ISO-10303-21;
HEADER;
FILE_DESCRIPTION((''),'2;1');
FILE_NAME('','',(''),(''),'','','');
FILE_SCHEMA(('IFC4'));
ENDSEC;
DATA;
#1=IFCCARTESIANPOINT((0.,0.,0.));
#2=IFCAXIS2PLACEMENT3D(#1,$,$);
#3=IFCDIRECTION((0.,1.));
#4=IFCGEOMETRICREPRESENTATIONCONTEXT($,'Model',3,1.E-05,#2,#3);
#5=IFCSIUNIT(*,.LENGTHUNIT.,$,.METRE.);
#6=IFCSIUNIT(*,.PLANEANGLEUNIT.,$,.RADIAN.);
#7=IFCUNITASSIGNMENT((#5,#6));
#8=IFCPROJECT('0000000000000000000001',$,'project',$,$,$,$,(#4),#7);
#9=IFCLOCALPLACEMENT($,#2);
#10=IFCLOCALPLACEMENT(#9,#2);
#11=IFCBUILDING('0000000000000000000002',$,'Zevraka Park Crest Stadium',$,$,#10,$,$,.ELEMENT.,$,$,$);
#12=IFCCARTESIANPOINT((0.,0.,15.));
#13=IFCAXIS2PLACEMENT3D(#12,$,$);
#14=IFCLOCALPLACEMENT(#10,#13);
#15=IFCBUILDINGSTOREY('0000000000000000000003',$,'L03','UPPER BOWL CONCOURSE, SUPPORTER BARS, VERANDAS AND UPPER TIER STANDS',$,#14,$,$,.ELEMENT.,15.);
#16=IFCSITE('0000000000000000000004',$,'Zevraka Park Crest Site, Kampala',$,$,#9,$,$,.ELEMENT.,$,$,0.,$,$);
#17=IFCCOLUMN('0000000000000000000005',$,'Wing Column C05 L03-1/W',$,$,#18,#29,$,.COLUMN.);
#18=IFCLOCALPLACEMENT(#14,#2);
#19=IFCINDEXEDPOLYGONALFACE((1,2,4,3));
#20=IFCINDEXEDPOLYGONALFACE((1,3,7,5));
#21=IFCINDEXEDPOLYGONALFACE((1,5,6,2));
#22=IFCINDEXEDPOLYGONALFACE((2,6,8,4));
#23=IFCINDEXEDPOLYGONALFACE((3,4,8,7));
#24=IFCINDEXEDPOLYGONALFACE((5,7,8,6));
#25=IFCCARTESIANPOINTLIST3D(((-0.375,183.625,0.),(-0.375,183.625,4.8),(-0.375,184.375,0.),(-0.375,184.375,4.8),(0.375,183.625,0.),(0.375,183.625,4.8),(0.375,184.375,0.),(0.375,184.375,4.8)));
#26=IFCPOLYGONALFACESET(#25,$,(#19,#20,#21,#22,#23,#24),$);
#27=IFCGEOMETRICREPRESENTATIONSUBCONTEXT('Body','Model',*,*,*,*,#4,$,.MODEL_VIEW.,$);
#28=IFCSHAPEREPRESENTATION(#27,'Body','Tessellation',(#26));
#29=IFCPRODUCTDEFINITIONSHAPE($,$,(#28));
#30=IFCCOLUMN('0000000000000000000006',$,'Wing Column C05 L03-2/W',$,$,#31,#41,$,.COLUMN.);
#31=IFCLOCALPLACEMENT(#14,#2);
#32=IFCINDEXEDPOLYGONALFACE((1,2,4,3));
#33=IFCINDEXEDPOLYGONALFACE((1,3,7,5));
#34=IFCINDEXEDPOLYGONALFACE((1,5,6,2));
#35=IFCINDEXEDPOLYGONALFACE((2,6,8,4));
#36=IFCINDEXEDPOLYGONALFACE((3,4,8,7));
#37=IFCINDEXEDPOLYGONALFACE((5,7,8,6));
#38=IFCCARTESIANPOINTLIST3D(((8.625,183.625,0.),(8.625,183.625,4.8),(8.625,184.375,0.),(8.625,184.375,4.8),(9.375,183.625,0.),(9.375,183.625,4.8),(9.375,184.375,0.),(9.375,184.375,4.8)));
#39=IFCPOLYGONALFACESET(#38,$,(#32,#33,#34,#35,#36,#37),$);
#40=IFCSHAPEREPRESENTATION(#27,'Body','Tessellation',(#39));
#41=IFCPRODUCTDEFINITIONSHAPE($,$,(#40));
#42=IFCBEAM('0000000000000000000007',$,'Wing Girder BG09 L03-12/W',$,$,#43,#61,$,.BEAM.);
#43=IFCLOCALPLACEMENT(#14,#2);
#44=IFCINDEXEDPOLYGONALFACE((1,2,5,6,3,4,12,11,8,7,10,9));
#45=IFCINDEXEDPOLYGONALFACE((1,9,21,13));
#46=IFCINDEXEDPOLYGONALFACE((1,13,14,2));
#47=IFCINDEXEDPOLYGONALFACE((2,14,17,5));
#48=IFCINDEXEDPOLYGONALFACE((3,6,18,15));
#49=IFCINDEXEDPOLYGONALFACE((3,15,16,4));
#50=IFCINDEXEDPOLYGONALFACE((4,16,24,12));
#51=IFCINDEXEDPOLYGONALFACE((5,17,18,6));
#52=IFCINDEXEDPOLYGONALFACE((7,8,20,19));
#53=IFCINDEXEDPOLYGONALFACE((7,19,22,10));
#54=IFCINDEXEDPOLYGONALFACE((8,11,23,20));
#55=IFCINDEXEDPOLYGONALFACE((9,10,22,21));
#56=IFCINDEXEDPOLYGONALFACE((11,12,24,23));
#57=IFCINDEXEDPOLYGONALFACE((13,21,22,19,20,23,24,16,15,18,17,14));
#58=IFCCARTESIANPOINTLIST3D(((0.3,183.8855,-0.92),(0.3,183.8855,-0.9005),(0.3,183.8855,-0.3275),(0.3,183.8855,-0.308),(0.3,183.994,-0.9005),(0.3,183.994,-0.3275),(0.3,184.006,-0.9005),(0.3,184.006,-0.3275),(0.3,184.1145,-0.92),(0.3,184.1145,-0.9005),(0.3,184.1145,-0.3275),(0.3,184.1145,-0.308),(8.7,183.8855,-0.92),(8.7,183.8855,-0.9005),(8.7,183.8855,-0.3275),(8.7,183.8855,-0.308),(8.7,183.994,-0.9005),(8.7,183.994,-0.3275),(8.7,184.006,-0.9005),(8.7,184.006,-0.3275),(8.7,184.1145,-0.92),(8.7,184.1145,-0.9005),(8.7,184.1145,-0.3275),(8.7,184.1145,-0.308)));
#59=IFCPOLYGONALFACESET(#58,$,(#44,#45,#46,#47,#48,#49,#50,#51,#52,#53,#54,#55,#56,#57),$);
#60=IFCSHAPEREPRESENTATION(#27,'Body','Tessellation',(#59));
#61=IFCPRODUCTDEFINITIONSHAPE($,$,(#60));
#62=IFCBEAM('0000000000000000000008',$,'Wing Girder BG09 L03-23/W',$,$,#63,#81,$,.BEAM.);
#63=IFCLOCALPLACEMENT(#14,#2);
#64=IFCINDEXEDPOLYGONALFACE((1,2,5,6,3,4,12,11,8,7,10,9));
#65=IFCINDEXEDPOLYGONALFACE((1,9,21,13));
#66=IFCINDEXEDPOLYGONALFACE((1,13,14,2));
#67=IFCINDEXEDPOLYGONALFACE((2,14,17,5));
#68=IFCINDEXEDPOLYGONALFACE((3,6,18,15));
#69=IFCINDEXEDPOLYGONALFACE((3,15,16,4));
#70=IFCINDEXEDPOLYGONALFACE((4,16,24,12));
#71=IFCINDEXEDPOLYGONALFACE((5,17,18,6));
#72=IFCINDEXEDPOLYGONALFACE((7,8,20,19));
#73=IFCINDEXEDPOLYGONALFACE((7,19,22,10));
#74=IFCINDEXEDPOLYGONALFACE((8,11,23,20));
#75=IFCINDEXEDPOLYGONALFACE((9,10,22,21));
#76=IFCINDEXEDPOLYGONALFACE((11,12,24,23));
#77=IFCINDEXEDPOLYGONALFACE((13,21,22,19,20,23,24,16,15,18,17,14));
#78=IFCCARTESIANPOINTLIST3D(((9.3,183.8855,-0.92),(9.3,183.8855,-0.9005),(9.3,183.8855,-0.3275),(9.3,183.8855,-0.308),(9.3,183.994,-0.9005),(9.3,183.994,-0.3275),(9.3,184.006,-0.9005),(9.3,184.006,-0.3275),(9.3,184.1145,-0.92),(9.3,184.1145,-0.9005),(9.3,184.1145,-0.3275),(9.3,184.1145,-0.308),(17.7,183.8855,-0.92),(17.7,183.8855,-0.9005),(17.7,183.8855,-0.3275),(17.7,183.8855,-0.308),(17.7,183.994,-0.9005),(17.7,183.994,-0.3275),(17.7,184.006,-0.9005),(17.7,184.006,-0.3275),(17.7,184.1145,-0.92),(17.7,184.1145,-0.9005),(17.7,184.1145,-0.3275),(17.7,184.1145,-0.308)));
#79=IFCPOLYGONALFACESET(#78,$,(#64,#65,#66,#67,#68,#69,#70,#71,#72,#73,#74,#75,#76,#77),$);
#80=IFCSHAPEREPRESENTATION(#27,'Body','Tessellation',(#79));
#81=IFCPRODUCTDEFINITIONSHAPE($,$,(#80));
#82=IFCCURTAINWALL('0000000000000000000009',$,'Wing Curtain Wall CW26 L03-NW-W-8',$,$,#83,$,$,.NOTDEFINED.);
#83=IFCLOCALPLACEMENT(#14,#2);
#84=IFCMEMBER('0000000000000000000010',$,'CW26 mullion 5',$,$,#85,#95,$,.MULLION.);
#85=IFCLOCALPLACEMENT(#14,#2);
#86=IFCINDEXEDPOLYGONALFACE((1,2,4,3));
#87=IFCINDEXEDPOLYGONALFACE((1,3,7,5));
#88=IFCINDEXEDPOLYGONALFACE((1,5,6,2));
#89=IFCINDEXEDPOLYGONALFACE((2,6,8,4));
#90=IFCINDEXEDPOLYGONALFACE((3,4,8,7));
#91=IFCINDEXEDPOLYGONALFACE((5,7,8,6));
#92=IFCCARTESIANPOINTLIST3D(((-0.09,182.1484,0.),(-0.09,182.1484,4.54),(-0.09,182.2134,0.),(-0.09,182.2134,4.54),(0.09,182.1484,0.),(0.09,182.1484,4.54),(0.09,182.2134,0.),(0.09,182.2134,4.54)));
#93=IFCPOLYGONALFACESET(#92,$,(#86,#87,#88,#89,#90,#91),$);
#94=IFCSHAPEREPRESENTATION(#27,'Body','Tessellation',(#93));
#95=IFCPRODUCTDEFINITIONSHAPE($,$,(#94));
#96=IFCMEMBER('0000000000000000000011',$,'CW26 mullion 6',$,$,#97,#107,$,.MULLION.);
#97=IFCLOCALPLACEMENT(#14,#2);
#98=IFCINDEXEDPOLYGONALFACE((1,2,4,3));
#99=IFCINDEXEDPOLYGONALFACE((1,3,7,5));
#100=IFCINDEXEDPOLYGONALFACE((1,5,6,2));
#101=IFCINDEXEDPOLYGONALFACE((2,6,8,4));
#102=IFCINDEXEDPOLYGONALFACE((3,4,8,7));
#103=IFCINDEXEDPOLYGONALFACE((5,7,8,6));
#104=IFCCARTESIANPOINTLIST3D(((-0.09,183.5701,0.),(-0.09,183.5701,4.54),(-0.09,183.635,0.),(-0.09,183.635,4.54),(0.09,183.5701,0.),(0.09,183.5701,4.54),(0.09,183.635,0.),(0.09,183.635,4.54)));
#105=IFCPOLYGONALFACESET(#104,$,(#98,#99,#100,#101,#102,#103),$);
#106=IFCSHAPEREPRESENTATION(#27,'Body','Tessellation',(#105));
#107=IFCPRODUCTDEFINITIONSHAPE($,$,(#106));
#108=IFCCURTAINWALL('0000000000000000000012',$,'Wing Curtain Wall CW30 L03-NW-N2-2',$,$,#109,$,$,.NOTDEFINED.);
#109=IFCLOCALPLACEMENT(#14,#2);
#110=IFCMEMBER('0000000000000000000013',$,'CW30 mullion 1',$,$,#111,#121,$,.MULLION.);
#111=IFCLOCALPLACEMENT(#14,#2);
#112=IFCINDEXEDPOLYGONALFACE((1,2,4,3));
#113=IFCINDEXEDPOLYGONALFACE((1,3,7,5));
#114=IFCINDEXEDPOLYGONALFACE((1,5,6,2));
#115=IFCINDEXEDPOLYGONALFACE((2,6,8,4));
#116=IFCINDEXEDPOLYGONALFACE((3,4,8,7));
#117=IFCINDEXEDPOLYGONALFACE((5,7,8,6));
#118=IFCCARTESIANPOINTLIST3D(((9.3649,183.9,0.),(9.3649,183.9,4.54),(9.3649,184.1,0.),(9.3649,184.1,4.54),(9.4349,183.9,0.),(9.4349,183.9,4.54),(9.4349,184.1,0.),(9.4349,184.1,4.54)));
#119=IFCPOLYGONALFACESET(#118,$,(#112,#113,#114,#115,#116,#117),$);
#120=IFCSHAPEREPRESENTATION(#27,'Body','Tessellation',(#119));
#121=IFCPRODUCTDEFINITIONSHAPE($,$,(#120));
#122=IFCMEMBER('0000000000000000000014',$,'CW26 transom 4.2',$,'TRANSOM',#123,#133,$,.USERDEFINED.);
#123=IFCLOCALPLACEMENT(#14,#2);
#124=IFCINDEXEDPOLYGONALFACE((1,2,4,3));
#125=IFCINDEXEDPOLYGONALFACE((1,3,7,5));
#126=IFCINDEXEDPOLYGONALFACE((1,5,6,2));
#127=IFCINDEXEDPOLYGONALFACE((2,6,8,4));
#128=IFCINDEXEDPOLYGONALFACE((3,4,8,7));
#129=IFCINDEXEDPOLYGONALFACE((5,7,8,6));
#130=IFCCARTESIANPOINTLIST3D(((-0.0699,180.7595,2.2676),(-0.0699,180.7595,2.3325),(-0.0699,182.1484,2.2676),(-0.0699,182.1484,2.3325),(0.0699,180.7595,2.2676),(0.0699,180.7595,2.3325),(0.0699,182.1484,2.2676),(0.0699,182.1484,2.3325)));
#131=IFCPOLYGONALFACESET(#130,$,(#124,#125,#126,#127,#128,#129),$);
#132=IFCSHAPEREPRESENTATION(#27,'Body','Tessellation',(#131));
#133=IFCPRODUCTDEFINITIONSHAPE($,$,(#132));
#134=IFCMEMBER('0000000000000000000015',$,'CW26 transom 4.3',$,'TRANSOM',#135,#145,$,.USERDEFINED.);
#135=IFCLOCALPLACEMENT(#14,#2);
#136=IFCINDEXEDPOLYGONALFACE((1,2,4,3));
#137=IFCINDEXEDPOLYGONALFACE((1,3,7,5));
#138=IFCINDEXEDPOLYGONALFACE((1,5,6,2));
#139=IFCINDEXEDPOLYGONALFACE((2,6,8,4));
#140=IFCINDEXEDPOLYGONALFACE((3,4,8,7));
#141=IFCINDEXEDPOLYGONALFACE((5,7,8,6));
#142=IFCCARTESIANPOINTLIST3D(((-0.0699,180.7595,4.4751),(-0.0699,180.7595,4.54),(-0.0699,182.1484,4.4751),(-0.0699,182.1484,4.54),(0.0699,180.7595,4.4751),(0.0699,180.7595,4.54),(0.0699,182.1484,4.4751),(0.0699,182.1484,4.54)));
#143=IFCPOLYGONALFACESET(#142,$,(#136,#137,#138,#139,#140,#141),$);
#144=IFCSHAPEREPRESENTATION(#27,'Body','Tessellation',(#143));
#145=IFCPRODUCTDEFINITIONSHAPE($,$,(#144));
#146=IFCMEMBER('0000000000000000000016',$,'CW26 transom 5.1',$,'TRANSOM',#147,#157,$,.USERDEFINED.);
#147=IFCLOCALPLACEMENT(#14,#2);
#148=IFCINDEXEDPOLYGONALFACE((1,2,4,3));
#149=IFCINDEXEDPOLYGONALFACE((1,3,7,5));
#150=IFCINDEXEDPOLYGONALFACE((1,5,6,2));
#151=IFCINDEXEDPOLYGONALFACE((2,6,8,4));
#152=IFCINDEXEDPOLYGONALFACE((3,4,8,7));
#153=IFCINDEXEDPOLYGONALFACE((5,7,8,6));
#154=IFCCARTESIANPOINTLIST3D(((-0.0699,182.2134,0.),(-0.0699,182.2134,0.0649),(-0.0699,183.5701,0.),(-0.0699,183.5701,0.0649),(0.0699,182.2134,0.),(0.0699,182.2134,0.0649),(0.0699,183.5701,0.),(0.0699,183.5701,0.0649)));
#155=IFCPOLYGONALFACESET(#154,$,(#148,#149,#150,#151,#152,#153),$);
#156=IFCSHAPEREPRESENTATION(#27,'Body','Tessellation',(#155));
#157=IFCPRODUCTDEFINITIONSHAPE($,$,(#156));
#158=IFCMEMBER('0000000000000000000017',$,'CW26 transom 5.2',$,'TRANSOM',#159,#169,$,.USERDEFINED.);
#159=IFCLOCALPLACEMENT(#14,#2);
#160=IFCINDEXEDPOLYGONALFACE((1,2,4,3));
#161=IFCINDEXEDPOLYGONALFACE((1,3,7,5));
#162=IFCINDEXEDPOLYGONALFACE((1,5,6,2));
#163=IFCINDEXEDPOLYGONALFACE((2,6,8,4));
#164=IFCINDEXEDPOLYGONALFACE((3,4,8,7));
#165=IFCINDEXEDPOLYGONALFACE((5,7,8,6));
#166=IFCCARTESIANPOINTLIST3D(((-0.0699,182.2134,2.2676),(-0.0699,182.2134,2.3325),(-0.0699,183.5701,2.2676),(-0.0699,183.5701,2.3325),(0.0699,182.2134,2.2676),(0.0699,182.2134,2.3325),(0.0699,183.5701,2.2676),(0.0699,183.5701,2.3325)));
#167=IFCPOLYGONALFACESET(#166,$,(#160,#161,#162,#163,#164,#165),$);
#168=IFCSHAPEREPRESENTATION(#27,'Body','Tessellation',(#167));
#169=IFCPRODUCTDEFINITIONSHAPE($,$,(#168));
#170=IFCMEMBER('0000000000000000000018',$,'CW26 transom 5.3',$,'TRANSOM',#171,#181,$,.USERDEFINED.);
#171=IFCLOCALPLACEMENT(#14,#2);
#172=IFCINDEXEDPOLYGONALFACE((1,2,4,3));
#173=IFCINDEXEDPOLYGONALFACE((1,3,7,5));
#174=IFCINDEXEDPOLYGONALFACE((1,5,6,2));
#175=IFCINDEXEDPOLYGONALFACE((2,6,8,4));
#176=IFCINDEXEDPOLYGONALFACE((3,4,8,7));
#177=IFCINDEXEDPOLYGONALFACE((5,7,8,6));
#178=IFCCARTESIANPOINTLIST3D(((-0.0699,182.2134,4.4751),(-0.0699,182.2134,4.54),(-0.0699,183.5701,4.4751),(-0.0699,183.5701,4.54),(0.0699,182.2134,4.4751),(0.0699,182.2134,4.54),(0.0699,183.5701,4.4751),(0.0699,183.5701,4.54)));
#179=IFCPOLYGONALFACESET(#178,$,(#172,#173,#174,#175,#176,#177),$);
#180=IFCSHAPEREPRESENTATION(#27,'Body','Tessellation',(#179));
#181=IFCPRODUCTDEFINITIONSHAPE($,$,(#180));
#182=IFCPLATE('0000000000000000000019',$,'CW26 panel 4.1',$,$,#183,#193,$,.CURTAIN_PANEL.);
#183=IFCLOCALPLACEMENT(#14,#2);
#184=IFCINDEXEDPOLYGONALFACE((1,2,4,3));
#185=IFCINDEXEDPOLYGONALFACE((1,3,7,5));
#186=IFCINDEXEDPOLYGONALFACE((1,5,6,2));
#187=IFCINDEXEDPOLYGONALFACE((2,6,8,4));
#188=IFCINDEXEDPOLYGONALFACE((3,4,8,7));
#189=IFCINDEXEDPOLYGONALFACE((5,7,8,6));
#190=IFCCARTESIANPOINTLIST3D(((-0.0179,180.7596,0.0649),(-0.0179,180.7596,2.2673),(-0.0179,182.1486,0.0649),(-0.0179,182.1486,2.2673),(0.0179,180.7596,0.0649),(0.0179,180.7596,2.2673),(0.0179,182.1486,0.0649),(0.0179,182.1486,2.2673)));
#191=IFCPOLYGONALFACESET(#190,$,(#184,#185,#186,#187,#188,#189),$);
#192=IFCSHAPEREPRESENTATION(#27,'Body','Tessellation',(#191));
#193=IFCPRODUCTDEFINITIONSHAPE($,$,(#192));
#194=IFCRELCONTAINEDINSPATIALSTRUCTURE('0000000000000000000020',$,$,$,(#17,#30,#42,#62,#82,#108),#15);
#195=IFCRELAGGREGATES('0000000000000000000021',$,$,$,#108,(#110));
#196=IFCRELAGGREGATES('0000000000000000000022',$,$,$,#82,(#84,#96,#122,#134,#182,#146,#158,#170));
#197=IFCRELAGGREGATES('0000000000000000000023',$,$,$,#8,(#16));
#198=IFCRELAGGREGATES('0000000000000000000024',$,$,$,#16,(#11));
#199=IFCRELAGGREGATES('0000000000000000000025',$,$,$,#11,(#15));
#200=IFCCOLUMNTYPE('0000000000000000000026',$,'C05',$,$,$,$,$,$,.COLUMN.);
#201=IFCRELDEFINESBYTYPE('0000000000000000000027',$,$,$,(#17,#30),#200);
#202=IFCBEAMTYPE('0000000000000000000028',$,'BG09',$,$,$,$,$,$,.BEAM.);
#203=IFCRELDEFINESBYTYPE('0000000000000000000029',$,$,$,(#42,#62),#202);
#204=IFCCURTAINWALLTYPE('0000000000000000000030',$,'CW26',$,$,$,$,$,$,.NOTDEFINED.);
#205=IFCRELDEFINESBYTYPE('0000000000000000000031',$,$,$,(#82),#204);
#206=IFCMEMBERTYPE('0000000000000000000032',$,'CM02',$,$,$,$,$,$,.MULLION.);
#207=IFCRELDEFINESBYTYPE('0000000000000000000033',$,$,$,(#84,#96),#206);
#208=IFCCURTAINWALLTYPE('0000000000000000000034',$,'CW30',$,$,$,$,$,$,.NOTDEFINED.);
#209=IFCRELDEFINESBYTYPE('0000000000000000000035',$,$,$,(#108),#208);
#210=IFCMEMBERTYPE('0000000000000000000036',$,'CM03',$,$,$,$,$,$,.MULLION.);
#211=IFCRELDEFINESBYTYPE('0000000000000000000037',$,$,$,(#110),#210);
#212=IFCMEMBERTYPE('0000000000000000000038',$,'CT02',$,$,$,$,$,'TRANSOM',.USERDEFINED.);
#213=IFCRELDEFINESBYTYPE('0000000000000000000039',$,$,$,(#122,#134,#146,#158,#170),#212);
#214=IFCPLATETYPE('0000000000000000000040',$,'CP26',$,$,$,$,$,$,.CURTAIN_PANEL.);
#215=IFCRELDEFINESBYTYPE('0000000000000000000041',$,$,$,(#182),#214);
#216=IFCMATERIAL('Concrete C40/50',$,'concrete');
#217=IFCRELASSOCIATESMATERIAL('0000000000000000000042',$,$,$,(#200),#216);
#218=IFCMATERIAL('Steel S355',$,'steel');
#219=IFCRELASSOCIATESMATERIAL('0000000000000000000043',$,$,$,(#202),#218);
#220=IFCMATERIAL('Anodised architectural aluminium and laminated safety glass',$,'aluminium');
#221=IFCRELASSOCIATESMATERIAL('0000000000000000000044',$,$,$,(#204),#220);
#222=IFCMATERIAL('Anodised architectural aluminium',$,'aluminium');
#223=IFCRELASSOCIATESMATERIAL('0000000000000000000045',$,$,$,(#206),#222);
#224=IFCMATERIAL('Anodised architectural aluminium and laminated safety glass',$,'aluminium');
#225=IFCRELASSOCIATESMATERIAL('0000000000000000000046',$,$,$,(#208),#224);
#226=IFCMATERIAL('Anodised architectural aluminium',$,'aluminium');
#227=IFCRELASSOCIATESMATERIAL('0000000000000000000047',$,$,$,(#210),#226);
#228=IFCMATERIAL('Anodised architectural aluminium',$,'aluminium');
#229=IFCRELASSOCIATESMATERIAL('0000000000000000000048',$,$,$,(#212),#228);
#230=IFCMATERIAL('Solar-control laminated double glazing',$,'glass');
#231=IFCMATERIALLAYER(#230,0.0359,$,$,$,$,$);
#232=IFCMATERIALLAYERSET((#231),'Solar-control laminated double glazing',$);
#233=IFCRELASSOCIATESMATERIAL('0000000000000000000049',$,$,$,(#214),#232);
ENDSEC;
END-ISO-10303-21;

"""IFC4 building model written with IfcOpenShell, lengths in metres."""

from ifc_helpers import new_model, si_unit, direction, frame, origin, origin_2d, place, context, subcontext, project, spatial, rectangle, i_section, extrude, material, layer, layer_set, material_profile, profile_set, type_object, element, aggregate, save


model = new_model("IFC4")

# Units and contexts
model_context = context("Model", 3, precision=1e-05, world=origin(), true_north=direction((0.0, 1.0)))
body_context = subcontext(model_context, "Body", "Model", "MODEL_VIEW")
ifc_project = project(units=[si_unit("LENGTHUNIT", "METRE"), si_unit("PLANEANGLEUNIT", "RADIAN")], contexts=[model_context])

# Site, building, storey
site_placement = place(None, origin())
site = spatial("IfcSite", under=ifc_project, at=site_placement, Name="Zevraka Park Crest Site, Kampala", CompositionType="ELEMENT", RefElevation=0.0)
building_placement = place(site_placement, origin())
building = spatial("IfcBuilding", under=site, at=building_placement, Name="Zevraka Park Crest Stadium", CompositionType="ELEMENT")
storey_placement = place(building_placement, frame((0.0, 0.0, 15.0)))
storey = spatial("IfcBuildingStorey", under=building, at=storey_placement, Name="L03", Description="UPPER BOWL CONCOURSE, SUPPORTER BARS, VERANDAS AND UPPER TIER STANDS", CompositionType="ELEMENT", Elevation=15.0)

# Columns
ifc_material_1 = material(Name="Concrete C40/50", Category="concrete")
ifc_material_profile_1 = material_profile(ifc_material_1, rectangle(XDim=0.75, YDim=0.75, at=origin_2d()), Name="RC 750x750")
ifc_profile_set_1 = profile_set([ifc_material_profile_1], Name="Concrete C40/50")
column_type = type_object("IfcColumnType", Name="C05", PredefinedType="COLUMN", material=ifc_profile_set_1)
for number, where, z_axis, x_axis, name in (
    (1, (0.0, 184.0, 0.0), (0.0, 0.0, 1.0), (1.0, 0.0, 0.0), "Wing Column C05 L03-1/W"),
    (2, (9.0, 184.0, 0.0), (0.0, 0.0, 1.0), (1.0, 0.0, 0.0), "Wing Column C05 L03-2/W"),
):
    element("IfcColumn", number, at=place(storey_placement, frame(where, z_axis=z_axis, x_axis=x_axis)), inside=storey, type_object=column_type, Name=name, PredefinedType="COLUMN", context=body_context, shape_type="SweptSolid", body=[
        extrude(rectangle(XDim=0.75, YDim=0.75, at=origin_2d()), origin(), (0.0, 0.0, 1.0), 4.8),
    ])

# Beams
ifc_material_2 = material(Name="Steel S355", Category="steel")
ifc_material_profile_2 = material_profile(ifc_material_2, i_section(OverallWidth=0.229, OverallDepth=0.6121, WebThickness=0.012, FlangeThickness=0.0195, at=origin_2d()), Name="UKB 610x229x125")
ifc_profile_set_2 = profile_set([ifc_material_profile_2], Name="Steel S355")
beam_type = type_object("IfcBeamType", Name="BG09", PredefinedType="BEAM", material=ifc_profile_set_2)
for number, where, z_axis, x_axis, name in (
    (3, (0.3, 184.0, -0.614), (1.0, 0.0, 0.0), (0.0, 1.0, 0.0), "Wing Girder BG09 L03-12/W"),
    (4, (9.3, 184.0, -0.614), (1.0, 0.0, 0.0), (0.0, 1.0, 0.0), "Wing Girder BG09 L03-23/W"),
):
    element("IfcBeam", number, at=place(storey_placement, frame(where, z_axis=z_axis, x_axis=x_axis)), inside=storey, type_object=beam_type, Name=name, PredefinedType="BEAM", context=body_context, shape_type="SweptSolid", body=[
        extrude(i_section(OverallWidth=0.229, OverallDepth=0.6121, WebThickness=0.012, FlangeThickness=0.0195, at=origin_2d()), origin(), (0.0, 0.0, 1.0), 8.3999),
    ])

# Curtain wall, members
ifc_material_3 = material(Name="Anodised architectural aluminium and laminated safety glass", Category="aluminium")
curtain_wall_type_1 = type_object("IfcCurtainWallType", Name="CW26", PredefinedType="NOTDEFINED", material=ifc_material_3)
curtain_wall_1_placement = place(storey_placement, origin())
curtain_wall_1 = element("IfcCurtainWall", 5, at=curtain_wall_1_placement, inside=storey, type_object=curtain_wall_type_1, Name="Wing Curtain Wall CW26 L03-NW-W-8", PredefinedType="NOTDEFINED")
ifc_material_4 = material(Name="Anodised architectural aluminium", Category="aluminium")
ifc_material_profile_3 = material_profile(ifc_material_4, rectangle(XDim=0.1799, YDim=0.0649, at=origin_2d()), Name="ALU MULLION 180x65")
ifc_profile_set_3 = profile_set([ifc_material_profile_3], Name="Anodised architectural aluminium")
member_type_1 = type_object("IfcMemberType", Name="CM02", PredefinedType="MULLION", material=ifc_profile_set_3)
member_1_placement = place(storey_placement, frame((0.0, 182.1809, 0.0), z_axis=(0.0, 0.0, 1.0), x_axis=(-1.0, 0.0, 0.0)))
member_1 = element("IfcMember", 6, at=member_1_placement, type_object=member_type_1, Name="CW26 mullion 5", PredefinedType="MULLION", context=body_context, shape_type="SweptSolid", body=[
    extrude(rectangle(XDim=0.1799, YDim=0.0649, at=origin_2d()), origin(), (0.0, 0.0, 1.0), 4.54),
])
member_2_placement = place(storey_placement, frame((0.0, 183.6025, 0.0), z_axis=(0.0, 0.0, 1.0), x_axis=(-1.0, 0.0, 0.0)))
member_2 = element("IfcMember", 7, at=member_2_placement, type_object=member_type_1, Name="CW26 mullion 6", PredefinedType="MULLION", context=body_context, shape_type="SweptSolid", body=[
    extrude(rectangle(XDim=0.1799, YDim=0.0649, at=origin_2d()), origin(), (0.0, 0.0, 1.0), 4.54),
])

# Curtain wall, member
ifc_material_5 = material(Name="Anodised architectural aluminium and laminated safety glass", Category="aluminium")
curtain_wall_type_2 = type_object("IfcCurtainWallType", Name="CW30", PredefinedType="NOTDEFINED", material=ifc_material_5)
curtain_wall_2_placement = place(storey_placement, origin())
curtain_wall_2 = element("IfcCurtainWall", 8, at=curtain_wall_2_placement, inside=storey, type_object=curtain_wall_type_2, Name="Wing Curtain Wall CW30 L03-NW-N2-2", PredefinedType="NOTDEFINED")
ifc_material_6 = material(Name="Anodised architectural aluminium", Category="aluminium")
ifc_material_profile_4 = material_profile(ifc_material_6, rectangle(XDim=0.2, YDim=0.0701, at=origin_2d()), Name="ALU MULLION 200x70")
ifc_profile_set_4 = profile_set([ifc_material_profile_4], Name="Anodised architectural aluminium")
member_type_2 = type_object("IfcMemberType", Name="CM03", PredefinedType="MULLION", material=ifc_profile_set_4)
member_3_placement = place(storey_placement, frame((9.3999, 184.0, 0.0), z_axis=(0.0, 0.0, 1.0), x_axis=(0.0, 1.0, 0.0)))
member_3 = element("IfcMember", 9, at=member_3_placement, type_object=member_type_2, Name="CW30 mullion 1", PredefinedType="MULLION", context=body_context, shape_type="SweptSolid", body=[
    extrude(rectangle(XDim=0.2, YDim=0.0701, at=origin_2d()), origin(), (0.0, 0.0, 1.0), 4.54),
])
aggregate(curtain_wall_2, [member_3])

# Members
ifc_material_7 = material(Name="Anodised architectural aluminium", Category="aluminium")
ifc_material_profile_5 = material_profile(ifc_material_7, rectangle(XDim=0.1399, YDim=0.0649, at=origin_2d()), Name="ALU TRANSOM 140x65")
ifc_profile_set_5 = profile_set([ifc_material_profile_5], Name="Anodised architectural aluminium")
member_type_3 = type_object("IfcMemberType", Name="CT02", ElementType="TRANSOM", PredefinedType="USERDEFINED", material=ifc_profile_set_5)
member_4_placement = place(storey_placement, frame((0.0, 180.7595, 2.3), z_axis=(0.0, 1.0, 0.0), x_axis=(-1.0, 0.0, 0.0)))
member_4 = element("IfcMember", 10, at=member_4_placement, type_object=member_type_3, Name="CW26 transom 4.2", ObjectType="TRANSOM", PredefinedType="USERDEFINED", context=body_context, shape_type="SweptSolid", body=[
    extrude(rectangle(XDim=0.1399, YDim=0.0649, at=origin_2d()), origin(), (0.0, 0.0, 1.0), 1.3889),
])
member_5_placement = place(storey_placement, frame((0.0, 180.7595, 4.5076), z_axis=(0.0, 1.0, 0.0), x_axis=(-1.0, 0.0, 0.0)))
member_5 = element("IfcMember", 11, at=member_5_placement, type_object=member_type_3, Name="CW26 transom 4.3", ObjectType="TRANSOM", PredefinedType="USERDEFINED", context=body_context, shape_type="SweptSolid", body=[
    extrude(rectangle(XDim=0.1399, YDim=0.0649, at=origin_2d()), origin(), (0.0, 0.0, 1.0), 1.3889),
])
member_6_placement = place(storey_placement, frame((0.0, 182.2134, 0.0325), z_axis=(0.0, 1.0, 0.0), x_axis=(-1.0, 0.0, 0.0)))
member_6 = element("IfcMember", 12, at=member_6_placement, type_object=member_type_3, Name="CW26 transom 5.1", ObjectType="TRANSOM", PredefinedType="USERDEFINED", context=body_context, shape_type="SweptSolid", body=[
    extrude(rectangle(XDim=0.1399, YDim=0.0649, at=origin_2d()), origin(), (0.0, 0.0, 1.0), 1.3567),
])
member_7_placement = place(storey_placement, frame((0.0, 182.2134, 2.3), z_axis=(0.0, 1.0, 0.0), x_axis=(-1.0, 0.0, 0.0)))
member_7 = element("IfcMember", 13, at=member_7_placement, type_object=member_type_3, Name="CW26 transom 5.2", ObjectType="TRANSOM", PredefinedType="USERDEFINED", context=body_context, shape_type="SweptSolid", body=[
    extrude(rectangle(XDim=0.1399, YDim=0.0649, at=origin_2d()), origin(), (0.0, 0.0, 1.0), 1.3567),
])
member_8_placement = place(storey_placement, frame((0.0, 182.2134, 4.5076), z_axis=(0.0, 1.0, 0.0), x_axis=(-1.0, 0.0, 0.0)))
member_8 = element("IfcMember", 14, at=member_8_placement, type_object=member_type_3, Name="CW26 transom 5.3", ObjectType="TRANSOM", PredefinedType="USERDEFINED", context=body_context, shape_type="SweptSolid", body=[
    extrude(rectangle(XDim=0.1399, YDim=0.0649, at=origin_2d()), origin(), (0.0, 0.0, 1.0), 1.3567),
])

# Plate
ifc_material_8 = material(Name="Solar-control laminated double glazing", Category="glass")
ifc_layer_1 = layer(ifc_material_8, 0.0359)
ifc_layer_set_1 = layer_set([ifc_layer_1], Name="Solar-control laminated double glazing")
plate_type = type_object("IfcPlateType", Name="CP26", PredefinedType="CURTAIN_PANEL", material=ifc_layer_set_1)
plate_1_placement = place(storey_placement, frame((0.0, 181.4541, 0.0649), z_axis=(0.0, 0.0, 1.0), x_axis=(0.0, 1.0, 0.0)))
plate_1 = element("IfcPlate", 15, at=plate_1_placement, type_object=plate_type, Name="CW26 panel 4.1", PredefinedType="CURTAIN_PANEL", context=body_context, shape_type="SweptSolid", body=[
    extrude(rectangle(XDim=1.3889, YDim=0.0359, at=origin_2d()), origin(), (0.0, 0.0, 1.0), 2.2024),
])
aggregate(curtain_wall_1, [member_1, member_2, member_4, member_5, plate_1, member_6, member_7, member_8])

save(model, "model.ifc")
